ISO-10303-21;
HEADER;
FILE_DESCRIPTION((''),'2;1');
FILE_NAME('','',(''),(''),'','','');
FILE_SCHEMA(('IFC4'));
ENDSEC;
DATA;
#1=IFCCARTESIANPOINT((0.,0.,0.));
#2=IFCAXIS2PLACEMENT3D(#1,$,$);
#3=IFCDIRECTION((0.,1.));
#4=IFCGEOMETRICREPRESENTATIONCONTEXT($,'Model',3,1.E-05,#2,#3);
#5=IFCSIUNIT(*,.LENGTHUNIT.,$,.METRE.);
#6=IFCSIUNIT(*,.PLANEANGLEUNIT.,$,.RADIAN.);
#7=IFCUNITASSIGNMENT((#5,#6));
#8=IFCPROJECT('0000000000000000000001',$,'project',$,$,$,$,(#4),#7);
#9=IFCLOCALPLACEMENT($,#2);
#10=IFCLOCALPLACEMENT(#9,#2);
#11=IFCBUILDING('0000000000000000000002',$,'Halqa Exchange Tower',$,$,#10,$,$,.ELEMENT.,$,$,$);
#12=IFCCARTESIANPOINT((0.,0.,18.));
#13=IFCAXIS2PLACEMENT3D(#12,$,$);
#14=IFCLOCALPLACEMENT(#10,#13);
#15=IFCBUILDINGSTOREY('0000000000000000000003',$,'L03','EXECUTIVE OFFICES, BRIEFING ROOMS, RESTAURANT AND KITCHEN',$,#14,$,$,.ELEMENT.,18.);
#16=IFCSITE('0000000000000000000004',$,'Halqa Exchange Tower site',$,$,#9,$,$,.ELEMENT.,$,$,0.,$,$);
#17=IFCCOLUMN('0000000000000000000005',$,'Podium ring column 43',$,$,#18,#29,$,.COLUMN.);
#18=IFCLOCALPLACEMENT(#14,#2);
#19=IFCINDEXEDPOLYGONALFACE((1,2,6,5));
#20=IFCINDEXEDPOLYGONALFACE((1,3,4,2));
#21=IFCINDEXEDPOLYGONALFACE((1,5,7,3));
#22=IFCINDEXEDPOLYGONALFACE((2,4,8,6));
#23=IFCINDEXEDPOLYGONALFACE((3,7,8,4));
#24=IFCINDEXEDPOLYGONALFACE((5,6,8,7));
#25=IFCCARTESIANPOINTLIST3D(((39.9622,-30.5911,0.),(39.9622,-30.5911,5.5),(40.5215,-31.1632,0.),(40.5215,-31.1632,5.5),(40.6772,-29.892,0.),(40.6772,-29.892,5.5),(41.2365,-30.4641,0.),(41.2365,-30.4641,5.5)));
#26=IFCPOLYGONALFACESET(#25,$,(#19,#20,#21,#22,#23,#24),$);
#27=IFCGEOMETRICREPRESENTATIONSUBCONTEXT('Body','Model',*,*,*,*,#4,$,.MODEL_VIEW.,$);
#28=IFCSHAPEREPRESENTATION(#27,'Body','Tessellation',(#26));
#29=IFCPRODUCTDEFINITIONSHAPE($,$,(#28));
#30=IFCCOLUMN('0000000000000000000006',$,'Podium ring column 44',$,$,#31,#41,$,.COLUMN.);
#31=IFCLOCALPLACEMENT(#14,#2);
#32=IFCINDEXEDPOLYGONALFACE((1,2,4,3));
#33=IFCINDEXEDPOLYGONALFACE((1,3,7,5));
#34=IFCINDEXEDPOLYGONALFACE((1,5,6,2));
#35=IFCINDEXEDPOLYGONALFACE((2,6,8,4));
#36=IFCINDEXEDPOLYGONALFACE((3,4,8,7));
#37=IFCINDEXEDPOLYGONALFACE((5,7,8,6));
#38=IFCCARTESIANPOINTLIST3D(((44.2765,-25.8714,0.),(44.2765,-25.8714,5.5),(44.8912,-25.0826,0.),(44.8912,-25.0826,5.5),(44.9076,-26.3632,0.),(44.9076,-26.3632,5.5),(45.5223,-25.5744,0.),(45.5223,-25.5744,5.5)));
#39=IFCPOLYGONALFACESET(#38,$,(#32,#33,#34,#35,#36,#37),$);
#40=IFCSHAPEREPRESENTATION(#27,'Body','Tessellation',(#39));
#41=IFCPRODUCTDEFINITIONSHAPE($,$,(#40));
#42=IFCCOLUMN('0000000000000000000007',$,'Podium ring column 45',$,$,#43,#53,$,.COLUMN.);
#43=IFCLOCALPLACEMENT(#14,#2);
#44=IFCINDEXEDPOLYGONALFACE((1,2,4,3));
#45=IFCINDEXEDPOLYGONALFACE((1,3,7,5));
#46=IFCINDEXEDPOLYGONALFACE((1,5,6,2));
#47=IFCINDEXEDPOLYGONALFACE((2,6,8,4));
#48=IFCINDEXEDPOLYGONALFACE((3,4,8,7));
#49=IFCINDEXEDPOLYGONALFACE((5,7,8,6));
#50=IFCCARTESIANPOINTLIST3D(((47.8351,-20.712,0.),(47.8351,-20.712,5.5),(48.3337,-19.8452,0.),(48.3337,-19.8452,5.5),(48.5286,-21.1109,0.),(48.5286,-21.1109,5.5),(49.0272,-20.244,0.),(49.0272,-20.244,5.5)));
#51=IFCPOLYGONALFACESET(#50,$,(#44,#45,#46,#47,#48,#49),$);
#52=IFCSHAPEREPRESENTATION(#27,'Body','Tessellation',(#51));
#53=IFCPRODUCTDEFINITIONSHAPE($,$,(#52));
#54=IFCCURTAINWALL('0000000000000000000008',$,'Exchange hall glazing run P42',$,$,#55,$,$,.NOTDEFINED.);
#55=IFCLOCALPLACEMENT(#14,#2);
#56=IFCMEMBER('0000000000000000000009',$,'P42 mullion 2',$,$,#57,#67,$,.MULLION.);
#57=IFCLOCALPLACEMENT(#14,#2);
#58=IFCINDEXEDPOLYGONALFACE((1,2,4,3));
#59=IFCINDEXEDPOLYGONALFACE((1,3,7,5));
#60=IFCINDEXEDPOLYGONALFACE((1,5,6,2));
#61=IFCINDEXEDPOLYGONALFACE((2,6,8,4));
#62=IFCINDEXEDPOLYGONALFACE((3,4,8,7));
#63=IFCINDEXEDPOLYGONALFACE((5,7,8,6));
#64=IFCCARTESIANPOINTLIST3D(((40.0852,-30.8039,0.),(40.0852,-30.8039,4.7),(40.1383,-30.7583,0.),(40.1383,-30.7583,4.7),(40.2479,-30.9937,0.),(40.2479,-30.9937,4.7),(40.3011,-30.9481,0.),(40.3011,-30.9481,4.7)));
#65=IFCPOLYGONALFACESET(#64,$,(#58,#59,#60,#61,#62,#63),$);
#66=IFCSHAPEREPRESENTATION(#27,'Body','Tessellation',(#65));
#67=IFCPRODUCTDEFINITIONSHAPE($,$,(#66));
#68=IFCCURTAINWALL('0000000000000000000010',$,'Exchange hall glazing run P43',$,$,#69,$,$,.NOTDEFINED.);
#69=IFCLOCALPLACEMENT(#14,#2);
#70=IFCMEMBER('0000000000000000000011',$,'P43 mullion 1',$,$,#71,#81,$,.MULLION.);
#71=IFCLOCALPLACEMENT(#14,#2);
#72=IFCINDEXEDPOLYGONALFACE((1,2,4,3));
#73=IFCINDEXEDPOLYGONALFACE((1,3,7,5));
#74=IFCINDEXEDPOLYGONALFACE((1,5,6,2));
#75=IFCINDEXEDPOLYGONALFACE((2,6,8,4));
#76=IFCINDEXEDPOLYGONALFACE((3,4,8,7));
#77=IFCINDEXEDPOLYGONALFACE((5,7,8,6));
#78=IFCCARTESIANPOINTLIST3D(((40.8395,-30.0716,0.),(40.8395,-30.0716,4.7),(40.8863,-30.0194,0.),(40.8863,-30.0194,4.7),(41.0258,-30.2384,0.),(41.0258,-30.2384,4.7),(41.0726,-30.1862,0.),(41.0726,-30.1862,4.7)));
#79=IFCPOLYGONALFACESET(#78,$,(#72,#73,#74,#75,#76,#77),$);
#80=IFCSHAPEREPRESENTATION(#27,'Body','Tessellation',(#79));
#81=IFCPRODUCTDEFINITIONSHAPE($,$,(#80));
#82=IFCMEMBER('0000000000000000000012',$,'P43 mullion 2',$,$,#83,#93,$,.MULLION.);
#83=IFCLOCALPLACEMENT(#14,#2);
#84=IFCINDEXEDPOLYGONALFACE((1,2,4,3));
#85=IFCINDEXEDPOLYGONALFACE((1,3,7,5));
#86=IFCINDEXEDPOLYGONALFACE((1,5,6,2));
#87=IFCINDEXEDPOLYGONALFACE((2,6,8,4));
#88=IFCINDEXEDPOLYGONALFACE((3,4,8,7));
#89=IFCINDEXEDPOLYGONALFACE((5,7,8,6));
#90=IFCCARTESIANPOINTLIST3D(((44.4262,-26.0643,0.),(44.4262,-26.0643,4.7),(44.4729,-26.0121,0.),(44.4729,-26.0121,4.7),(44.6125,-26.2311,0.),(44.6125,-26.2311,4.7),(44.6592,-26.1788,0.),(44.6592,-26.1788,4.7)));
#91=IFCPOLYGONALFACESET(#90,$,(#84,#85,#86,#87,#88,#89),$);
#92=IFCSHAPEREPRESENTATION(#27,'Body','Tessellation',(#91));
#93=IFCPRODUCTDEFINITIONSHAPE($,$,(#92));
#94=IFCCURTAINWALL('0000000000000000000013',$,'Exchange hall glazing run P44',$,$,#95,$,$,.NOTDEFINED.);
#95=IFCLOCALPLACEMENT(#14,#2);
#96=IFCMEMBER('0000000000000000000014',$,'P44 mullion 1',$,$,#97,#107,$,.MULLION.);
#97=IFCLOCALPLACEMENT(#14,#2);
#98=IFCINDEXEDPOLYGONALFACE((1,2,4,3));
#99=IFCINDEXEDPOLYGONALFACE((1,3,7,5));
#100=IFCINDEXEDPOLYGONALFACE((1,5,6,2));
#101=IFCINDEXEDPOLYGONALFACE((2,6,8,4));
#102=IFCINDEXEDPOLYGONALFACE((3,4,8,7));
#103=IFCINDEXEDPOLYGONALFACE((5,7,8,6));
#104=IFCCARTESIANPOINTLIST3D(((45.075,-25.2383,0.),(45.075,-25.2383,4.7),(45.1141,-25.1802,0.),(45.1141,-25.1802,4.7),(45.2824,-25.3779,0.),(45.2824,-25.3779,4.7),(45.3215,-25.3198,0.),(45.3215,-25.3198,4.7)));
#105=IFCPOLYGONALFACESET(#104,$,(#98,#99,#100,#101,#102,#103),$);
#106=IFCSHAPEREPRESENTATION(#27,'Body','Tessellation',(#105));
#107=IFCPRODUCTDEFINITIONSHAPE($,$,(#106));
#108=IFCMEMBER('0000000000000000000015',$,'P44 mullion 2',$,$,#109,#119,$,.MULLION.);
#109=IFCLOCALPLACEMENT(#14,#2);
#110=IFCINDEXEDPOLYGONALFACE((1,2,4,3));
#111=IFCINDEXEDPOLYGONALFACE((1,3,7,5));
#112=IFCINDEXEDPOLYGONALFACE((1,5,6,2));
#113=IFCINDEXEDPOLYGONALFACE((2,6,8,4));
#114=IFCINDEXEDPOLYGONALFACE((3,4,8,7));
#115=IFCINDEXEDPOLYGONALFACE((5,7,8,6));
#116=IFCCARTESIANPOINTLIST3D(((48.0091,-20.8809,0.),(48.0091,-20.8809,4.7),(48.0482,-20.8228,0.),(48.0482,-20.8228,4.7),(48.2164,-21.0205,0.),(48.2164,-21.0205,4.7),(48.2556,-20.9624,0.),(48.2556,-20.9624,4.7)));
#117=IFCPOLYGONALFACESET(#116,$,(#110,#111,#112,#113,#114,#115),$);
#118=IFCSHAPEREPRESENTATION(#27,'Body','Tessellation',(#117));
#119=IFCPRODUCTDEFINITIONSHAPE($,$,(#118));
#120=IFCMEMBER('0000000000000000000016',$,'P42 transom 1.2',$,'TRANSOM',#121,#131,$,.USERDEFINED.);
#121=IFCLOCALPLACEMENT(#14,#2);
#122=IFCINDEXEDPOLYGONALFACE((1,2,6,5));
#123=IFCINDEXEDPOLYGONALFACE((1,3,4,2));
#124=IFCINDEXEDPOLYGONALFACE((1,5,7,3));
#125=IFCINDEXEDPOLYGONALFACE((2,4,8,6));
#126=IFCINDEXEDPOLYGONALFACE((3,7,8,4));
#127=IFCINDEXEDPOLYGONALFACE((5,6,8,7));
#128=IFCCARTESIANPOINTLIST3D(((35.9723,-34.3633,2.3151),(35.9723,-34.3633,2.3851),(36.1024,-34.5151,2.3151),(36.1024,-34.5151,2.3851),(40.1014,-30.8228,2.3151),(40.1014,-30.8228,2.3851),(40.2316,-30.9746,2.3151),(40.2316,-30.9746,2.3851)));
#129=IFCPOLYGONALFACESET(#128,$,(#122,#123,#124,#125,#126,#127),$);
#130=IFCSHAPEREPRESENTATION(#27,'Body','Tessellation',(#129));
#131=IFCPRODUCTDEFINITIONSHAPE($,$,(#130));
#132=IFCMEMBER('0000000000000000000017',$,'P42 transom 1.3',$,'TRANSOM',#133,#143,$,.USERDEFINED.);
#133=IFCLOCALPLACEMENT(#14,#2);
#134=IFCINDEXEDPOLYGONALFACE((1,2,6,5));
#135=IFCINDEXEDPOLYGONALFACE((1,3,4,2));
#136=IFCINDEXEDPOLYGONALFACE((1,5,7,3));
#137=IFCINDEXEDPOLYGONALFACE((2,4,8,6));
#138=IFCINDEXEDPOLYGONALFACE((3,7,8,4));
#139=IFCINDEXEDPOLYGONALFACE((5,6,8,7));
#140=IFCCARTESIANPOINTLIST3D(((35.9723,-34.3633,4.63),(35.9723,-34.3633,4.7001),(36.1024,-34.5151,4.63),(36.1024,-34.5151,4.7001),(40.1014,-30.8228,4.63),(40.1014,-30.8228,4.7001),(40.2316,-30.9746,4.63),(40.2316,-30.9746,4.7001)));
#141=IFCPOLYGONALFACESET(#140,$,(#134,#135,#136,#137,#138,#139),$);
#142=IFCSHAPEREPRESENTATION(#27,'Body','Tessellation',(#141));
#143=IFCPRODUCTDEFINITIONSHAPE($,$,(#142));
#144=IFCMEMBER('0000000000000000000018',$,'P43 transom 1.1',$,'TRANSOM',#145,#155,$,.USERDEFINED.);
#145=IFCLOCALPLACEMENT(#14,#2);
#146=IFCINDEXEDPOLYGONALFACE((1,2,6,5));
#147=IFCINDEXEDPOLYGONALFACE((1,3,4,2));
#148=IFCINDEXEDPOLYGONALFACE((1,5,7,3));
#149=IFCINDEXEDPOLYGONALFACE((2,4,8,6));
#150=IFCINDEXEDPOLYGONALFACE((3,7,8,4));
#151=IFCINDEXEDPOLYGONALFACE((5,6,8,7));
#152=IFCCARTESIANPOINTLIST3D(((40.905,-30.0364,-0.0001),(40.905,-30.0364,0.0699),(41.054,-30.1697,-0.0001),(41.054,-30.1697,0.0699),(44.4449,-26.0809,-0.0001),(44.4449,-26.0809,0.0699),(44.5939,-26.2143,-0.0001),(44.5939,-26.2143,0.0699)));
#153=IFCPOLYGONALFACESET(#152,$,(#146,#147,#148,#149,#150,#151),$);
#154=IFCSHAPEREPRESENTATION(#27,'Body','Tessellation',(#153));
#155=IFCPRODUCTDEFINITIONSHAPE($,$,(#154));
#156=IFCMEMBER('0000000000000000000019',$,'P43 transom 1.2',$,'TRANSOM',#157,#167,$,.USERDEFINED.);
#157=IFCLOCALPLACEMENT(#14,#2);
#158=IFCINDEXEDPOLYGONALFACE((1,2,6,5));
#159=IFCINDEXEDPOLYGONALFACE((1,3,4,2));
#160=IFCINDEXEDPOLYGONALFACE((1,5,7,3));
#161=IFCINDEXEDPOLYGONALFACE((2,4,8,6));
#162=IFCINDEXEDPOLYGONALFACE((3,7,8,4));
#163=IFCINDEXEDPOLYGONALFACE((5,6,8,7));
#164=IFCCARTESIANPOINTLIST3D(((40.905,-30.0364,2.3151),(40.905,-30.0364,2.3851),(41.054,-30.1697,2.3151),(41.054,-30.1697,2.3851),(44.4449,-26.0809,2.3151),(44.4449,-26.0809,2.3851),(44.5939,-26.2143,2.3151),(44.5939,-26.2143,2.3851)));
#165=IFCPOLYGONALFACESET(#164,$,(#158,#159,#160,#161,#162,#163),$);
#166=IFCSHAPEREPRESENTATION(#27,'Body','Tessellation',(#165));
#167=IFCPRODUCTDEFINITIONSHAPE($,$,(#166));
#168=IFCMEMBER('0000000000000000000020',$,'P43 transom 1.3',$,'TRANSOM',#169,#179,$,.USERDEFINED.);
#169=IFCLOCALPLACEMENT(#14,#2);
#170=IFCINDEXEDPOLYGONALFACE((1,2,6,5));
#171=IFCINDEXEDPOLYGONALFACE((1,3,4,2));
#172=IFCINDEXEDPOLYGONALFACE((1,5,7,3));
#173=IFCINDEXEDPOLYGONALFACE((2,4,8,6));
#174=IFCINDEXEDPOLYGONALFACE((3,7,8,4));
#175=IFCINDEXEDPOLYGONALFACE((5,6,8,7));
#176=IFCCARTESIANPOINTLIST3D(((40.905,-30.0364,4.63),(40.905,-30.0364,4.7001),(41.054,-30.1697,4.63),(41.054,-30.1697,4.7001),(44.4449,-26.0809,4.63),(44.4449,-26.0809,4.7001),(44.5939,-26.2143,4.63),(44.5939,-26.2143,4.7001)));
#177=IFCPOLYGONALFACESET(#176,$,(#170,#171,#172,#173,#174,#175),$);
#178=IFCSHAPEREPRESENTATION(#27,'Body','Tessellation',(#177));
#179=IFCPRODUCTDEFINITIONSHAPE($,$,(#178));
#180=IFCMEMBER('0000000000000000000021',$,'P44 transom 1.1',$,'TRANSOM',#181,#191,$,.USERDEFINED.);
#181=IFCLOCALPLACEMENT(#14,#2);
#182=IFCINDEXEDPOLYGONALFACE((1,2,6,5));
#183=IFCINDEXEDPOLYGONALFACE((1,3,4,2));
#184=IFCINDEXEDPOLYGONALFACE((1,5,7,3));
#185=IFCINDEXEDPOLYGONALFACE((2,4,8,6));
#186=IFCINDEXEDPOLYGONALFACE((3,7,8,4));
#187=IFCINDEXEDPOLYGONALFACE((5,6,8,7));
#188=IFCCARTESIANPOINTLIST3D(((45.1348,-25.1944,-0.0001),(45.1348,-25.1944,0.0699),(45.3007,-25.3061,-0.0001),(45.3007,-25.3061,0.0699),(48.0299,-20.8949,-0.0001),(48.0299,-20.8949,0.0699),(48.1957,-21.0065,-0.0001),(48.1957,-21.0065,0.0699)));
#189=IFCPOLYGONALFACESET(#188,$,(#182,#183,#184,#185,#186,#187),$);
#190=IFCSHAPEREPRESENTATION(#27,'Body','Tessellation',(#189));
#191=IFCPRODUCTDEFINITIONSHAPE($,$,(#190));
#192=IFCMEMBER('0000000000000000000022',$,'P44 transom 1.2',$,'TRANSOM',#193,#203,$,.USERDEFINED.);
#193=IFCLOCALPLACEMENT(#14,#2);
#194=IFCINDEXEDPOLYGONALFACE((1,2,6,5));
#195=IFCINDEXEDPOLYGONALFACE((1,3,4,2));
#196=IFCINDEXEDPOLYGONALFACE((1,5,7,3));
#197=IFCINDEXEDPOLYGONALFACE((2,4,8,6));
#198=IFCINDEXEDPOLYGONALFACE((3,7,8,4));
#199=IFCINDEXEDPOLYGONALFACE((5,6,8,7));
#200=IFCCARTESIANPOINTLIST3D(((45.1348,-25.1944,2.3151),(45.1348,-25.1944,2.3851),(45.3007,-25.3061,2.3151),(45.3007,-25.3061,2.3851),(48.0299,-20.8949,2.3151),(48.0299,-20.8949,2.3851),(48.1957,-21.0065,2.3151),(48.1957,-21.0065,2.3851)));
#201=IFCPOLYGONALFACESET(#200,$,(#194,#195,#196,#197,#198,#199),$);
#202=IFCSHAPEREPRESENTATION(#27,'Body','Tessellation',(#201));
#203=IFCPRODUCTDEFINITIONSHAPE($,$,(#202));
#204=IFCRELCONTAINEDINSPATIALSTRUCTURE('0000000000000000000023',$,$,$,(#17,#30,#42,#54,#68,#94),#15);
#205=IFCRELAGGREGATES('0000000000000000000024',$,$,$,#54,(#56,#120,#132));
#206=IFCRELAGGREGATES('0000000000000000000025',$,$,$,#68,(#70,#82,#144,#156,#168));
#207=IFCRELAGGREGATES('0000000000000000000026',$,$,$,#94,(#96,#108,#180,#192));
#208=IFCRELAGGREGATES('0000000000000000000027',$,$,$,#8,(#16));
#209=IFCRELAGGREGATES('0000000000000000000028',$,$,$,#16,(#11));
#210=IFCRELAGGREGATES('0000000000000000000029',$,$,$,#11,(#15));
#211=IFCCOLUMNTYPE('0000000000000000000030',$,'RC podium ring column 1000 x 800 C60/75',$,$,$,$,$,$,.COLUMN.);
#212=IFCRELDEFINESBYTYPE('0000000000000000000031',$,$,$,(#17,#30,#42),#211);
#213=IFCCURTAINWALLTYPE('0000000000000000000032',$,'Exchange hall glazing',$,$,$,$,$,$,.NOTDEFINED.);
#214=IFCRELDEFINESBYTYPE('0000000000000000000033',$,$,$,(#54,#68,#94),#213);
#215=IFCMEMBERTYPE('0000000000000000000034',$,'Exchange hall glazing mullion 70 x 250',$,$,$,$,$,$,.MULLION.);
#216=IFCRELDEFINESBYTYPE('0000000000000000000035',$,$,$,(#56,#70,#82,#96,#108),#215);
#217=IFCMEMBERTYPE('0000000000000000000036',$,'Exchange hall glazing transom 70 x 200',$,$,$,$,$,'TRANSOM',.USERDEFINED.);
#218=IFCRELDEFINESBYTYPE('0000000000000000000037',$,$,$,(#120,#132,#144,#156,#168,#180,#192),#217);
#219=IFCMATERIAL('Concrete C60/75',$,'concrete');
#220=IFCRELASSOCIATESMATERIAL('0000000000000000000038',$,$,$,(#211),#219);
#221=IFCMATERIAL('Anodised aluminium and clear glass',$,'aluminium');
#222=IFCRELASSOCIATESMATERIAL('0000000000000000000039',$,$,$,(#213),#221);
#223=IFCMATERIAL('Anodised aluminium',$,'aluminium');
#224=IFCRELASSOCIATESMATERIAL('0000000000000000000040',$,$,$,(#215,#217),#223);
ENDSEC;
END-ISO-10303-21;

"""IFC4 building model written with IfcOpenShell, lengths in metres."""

from ifc_helpers import new_model, si_unit, direction, frame, origin, origin_2d, place, context, subcontext, project, spatial, rectangle, extrude, material, material_profile, profile_set, type_object, element, aggregate, save


model = new_model("IFC4")

# Units and contexts
model_context = context("Model", 3, precision=1e-05, world=origin(), true_north=direction((0.0, 1.0)))
body_context = subcontext(model_context, "Body", "Model", "MODEL_VIEW")
ifc_project = project(units=[si_unit("LENGTHUNIT", "METRE"), si_unit("PLANEANGLEUNIT", "RADIAN")], contexts=[model_context])

# Site, building, storey
site_placement = place(None, origin())
site = spatial("IfcSite", under=ifc_project, at=site_placement, Name="Halqa Exchange Tower site", CompositionType="ELEMENT", RefElevation=0.0)
building_placement = place(site_placement, origin())
building = spatial("IfcBuilding", under=site, at=building_placement, Name="Halqa Exchange Tower", CompositionType="ELEMENT")
storey_placement = place(building_placement, frame((0.0, 0.0, 18.0)))
storey = spatial("IfcBuildingStorey", under=building, at=storey_placement, Name="L03", Description="EXECUTIVE OFFICES, BRIEFING ROOMS, RESTAURANT AND KITCHEN", CompositionType="ELEMENT", Elevation=18.0)

# Columns
ifc_material_1 = material(Name="Concrete C60/75", Category="concrete")
ifc_material_profile_1 = material_profile(ifc_material_1, rectangle(XDim=1.0, YDim=0.8, at=origin_2d()), Name="1000 x 800")
ifc_profile_set_1 = profile_set([ifc_material_profile_1], Name="Concrete C60/75")
column_type = type_object("IfcColumnType", Name="RC podium ring column 1000 x 800 C60/75", PredefinedType="COLUMN", material=ifc_profile_set_1)
for number, where, z_axis, x_axis, name in (
    (1, (40.5994, -30.5276, 0.0), (0.0, 0.0, 1.0), (0.715039, 0.699085, 0.0), "Podium ring column 43"),
    (2, (44.8994, -25.7229, 0.0), (0.0, 0.0, 1.0), (0.614691, 0.788768, 0.0), "Podium ring column 44"),
    (3, (48.4312, -20.478, 0.0), (0.0, 0.0, 1.0), (0.498569, 0.86685, 0.0), "Podium ring column 45"),
):
    element("IfcColumn", number, at=place(storey_placement, frame(where, z_axis=z_axis, x_axis=x_axis)), inside=storey, type_object=column_type, Name=name, PredefinedType="COLUMN", context=body_context, shape_type="SweptSolid", body=[
        extrude(rectangle(XDim=1.0, YDim=0.8, at=origin_2d()), origin(), (0.0, 0.0, 1.0), 5.5),
    ])

# Curtain wall, member
ifc_material_2 = material(Name="Anodised aluminium and clear glass", Category="aluminium")
curtain_wall_type = type_object("IfcCurtainWallType", Name="Exchange hall glazing", PredefinedType="NOTDEFINED", material=ifc_material_2)
curtain_wall_1_placement = place(storey_placement, origin())
curtain_wall_1 = element("IfcCurtainWall", 4, at=curtain_wall_1_placement, inside=storey, type_object=curtain_wall_type, Name="Exchange hall glazing run P42", PredefinedType="NOTDEFINED")
ifc_material_3 = material(Name="Anodised aluminium", Category="aluminium")
ifc_material_profile_2 = material_profile(ifc_material_3, rectangle(XDim=0.25, YDim=0.0701, at=origin_2d()), Name="AL 70x250")
ifc_profile_set_2 = profile_set([ifc_material_profile_2], Name="Anodised aluminium")
member_type_1 = type_object("IfcMemberType", Name="Exchange hall glazing mullion 70 x 250", PredefinedType="MULLION", material=ifc_profile_set_2)
member_1_placement = place(storey_placement, frame((40.1931, -30.876, 0.0), z_axis=(0.0, 0.0, 1.0), x_axis=(-0.650911, 0.759154, 0.0)))
member_1 = element("IfcMember", 5, at=member_1_placement, type_object=member_type_1, Name="P42 mullion 2", PredefinedType="MULLION", context=body_context, shape_type="SweptSolid", body=[
    extrude(rectangle(XDim=0.25, YDim=0.0701, at=origin_2d()), origin(), (0.0, 0.0, 1.0), 4.7),
])

# Curtain walls, members
curtain_wall_2_placement = place(storey_placement, origin())
curtain_wall_2 = element("IfcCurtainWall", 6, at=curtain_wall_2_placement, inside=storey, type_object=curtain_wall_type, Name="Exchange hall glazing run P43", PredefinedType="NOTDEFINED")
member_2_placement = place(storey_placement, frame((40.9561, -30.1289, 0.0), z_axis=(0.0, 0.0, 1.0), x_axis=(-0.745148, 0.666899, 0.0)))
member_2 = element("IfcMember", 7, at=member_2_placement, type_object=member_type_1, Name="P43 mullion 1", PredefinedType="MULLION", context=body_context, shape_type="SweptSolid", body=[
    extrude(rectangle(XDim=0.25, YDim=0.0701, at=origin_2d()), origin(), (0.0, 0.0, 1.0), 4.7),
])
member_3_placement = place(storey_placement, frame((44.5427, -26.1216, 0.0), z_axis=(0.0, 0.0, 1.0), x_axis=(-0.745148, 0.666899, 0.0)))
member_3 = element("IfcMember", 8, at=member_3_placement, type_object=member_type_1, Name="P43 mullion 2", PredefinedType="MULLION", context=body_context, shape_type="SweptSolid", body=[
    extrude(rectangle(XDim=0.25, YDim=0.0701, at=origin_2d()), origin(), (0.0, 0.0, 1.0), 4.7),
])
curtain_wall_3_placement = place(storey_placement, origin())
curtain_wall_3 = element("IfcCurtainWall", 9, at=curtain_wall_3_placement, inside=storey, type_object=curtain_wall_type, Name="Exchange hall glazing run P44", PredefinedType="NOTDEFINED")
member_4_placement = place(storey_placement, frame((45.1982, -25.2791, 0.0), z_axis=(0.0, 0.0, 1.0), x_axis=(-0.82949, 0.558522, 0.0)))
member_4 = element("IfcMember", 10, at=member_4_placement, type_object=member_type_1, Name="P44 mullion 1", PredefinedType="MULLION", context=body_context, shape_type="SweptSolid", body=[
    extrude(rectangle(XDim=0.25, YDim=0.0701, at=origin_2d()), origin(), (0.0, 0.0, 1.0), 4.7),
])
member_5_placement = place(storey_placement, frame((48.1323, -20.9216, 0.0), z_axis=(0.0, 0.0, 1.0), x_axis=(-0.82949, 0.558522, 0.0)))
member_5 = element("IfcMember", 11, at=member_5_placement, type_object=member_type_1, Name="P44 mullion 2", PredefinedType="MULLION", context=body_context, shape_type="SweptSolid", body=[
    extrude(rectangle(XDim=0.25, YDim=0.0701, at=origin_2d()), origin(), (0.0, 0.0, 1.0), 4.7),
])

# Members
ifc_material_profile_3 = material_profile(ifc_material_3, rectangle(XDim=0.2, YDim=0.0701, at=origin_2d()), Name="AL 70x200")
ifc_profile_set_3 = profile_set([ifc_material_profile_3], Name="Anodised aluminium")
member_type_2 = type_object("IfcMemberType", Name="Exchange hall glazing transom 70 x 200", ElementType="TRANSOM", PredefinedType="USERDEFINED", material=ifc_profile_set_3)
member_6_placement = place(storey_placement, frame((36.0374, -34.4392, 2.3501), z_axis=(0.759143, 0.650924, 0.0), x_axis=(-0.650924, 0.759143, 0.0)))
member_6 = element("IfcMember", 12, at=member_6_placement, type_object=member_type_2, Name="P42 transom 1.2", ObjectType="TRANSOM", PredefinedType="USERDEFINED", context=body_context, shape_type="SweptSolid", body=[
    extrude(rectangle(XDim=0.2, YDim=0.0701, at=origin_2d()), origin(), (0.0, 0.0, 1.0), 5.4392),
])
member_7_placement = place(storey_placement, frame((36.0374, -34.4392, 4.665), z_axis=(0.759143, 0.650924, 0.0), x_axis=(-0.650924, 0.759143, 0.0)))
member_7 = element("IfcMember", 13, at=member_7_placement, type_object=member_type_2, Name="P42 transom 1.3", ObjectType="TRANSOM", PredefinedType="USERDEFINED", context=body_context, shape_type="SweptSolid", body=[
    extrude(rectangle(XDim=0.2, YDim=0.0701, at=origin_2d()), origin(), (0.0, 0.0, 1.0), 5.4392),
])
member_8_placement = place(storey_placement, frame((40.9795, -30.103, 0.0349), z_axis=(0.666881, 0.745164, 0.0), x_axis=(-0.745164, 0.666881, 0.0)))
member_8 = element("IfcMember", 14, at=member_8_placement, type_object=member_type_2, Name="P43 transom 1.1", ObjectType="TRANSOM", PredefinedType="USERDEFINED", context=body_context, shape_type="SweptSolid", body=[
    extrude(rectangle(XDim=0.2, YDim=0.0701, at=origin_2d()), origin(), (0.0, 0.0, 1.0), 5.3081),
])
member_9_placement = place(storey_placement, frame((40.9795, -30.103, 2.3501), z_axis=(0.666881, 0.745164, 0.0), x_axis=(-0.745164, 0.666881, 0.0)))
member_9 = element("IfcMember", 15, at=member_9_placement, type_object=member_type_2, Name="P43 transom 1.2", ObjectType="TRANSOM", PredefinedType="USERDEFINED", context=body_context, shape_type="SweptSolid", body=[
    extrude(rectangle(XDim=0.2, YDim=0.0701, at=origin_2d()), origin(), (0.0, 0.0, 1.0), 5.3081),
])
member_10_placement = place(storey_placement, frame((40.9795, -30.103, 4.665), z_axis=(0.666881, 0.745164, 0.0), x_axis=(-0.745164, 0.666881, 0.0)))
member_10 = element("IfcMember", 16, at=member_10_placement, type_object=member_type_2, Name="P43 transom 1.3", ObjectType="TRANSOM", PredefinedType="USERDEFINED", context=body_context, shape_type="SweptSolid", body=[
    extrude(rectangle(XDim=0.2, YDim=0.0701, at=origin_2d()), origin(), (0.0, 0.0, 1.0), 5.3081),
])
member_11_placement = place(storey_placement, frame((45.2178, -25.2502, 0.0349), z_axis=(0.55852, 0.829491, 0.0), x_axis=(-0.829491, 0.55852, 0.0)))
member_11 = element("IfcMember", 17, at=member_11_placement, type_object=member_type_2, Name="P44 transom 1.1", ObjectType="TRANSOM", PredefinedType="USERDEFINED", context=body_context, shape_type="SweptSolid", body=[
    extrude(rectangle(XDim=0.2, YDim=0.0701, at=origin_2d()), origin(), (0.0, 0.0, 1.0), 5.1833),
])
member_12_placement = place(storey_placement, frame((45.2178, -25.2502, 2.3501), z_axis=(0.55852, 0.829491, 0.0), x_axis=(-0.829491, 0.55852, 0.0)))
member_12 = element("IfcMember", 18, at=member_12_placement, type_object=member_type_2, Name="P44 transom 1.2", ObjectType="TRANSOM", PredefinedType="USERDEFINED", context=body_context, shape_type="SweptSolid", body=[
    extrude(rectangle(XDim=0.2, YDim=0.0701, at=origin_2d()), origin(), (0.0, 0.0, 1.0), 5.1833),
])

aggregate(curtain_wall_1, [member_1, member_6, member_7])
aggregate(curtain_wall_2, [member_2, member_3, member_8, member_9, member_10])
aggregate(curtain_wall_3, [member_4, member_5, member_11, member_12])

save(model, "model.ifc")
